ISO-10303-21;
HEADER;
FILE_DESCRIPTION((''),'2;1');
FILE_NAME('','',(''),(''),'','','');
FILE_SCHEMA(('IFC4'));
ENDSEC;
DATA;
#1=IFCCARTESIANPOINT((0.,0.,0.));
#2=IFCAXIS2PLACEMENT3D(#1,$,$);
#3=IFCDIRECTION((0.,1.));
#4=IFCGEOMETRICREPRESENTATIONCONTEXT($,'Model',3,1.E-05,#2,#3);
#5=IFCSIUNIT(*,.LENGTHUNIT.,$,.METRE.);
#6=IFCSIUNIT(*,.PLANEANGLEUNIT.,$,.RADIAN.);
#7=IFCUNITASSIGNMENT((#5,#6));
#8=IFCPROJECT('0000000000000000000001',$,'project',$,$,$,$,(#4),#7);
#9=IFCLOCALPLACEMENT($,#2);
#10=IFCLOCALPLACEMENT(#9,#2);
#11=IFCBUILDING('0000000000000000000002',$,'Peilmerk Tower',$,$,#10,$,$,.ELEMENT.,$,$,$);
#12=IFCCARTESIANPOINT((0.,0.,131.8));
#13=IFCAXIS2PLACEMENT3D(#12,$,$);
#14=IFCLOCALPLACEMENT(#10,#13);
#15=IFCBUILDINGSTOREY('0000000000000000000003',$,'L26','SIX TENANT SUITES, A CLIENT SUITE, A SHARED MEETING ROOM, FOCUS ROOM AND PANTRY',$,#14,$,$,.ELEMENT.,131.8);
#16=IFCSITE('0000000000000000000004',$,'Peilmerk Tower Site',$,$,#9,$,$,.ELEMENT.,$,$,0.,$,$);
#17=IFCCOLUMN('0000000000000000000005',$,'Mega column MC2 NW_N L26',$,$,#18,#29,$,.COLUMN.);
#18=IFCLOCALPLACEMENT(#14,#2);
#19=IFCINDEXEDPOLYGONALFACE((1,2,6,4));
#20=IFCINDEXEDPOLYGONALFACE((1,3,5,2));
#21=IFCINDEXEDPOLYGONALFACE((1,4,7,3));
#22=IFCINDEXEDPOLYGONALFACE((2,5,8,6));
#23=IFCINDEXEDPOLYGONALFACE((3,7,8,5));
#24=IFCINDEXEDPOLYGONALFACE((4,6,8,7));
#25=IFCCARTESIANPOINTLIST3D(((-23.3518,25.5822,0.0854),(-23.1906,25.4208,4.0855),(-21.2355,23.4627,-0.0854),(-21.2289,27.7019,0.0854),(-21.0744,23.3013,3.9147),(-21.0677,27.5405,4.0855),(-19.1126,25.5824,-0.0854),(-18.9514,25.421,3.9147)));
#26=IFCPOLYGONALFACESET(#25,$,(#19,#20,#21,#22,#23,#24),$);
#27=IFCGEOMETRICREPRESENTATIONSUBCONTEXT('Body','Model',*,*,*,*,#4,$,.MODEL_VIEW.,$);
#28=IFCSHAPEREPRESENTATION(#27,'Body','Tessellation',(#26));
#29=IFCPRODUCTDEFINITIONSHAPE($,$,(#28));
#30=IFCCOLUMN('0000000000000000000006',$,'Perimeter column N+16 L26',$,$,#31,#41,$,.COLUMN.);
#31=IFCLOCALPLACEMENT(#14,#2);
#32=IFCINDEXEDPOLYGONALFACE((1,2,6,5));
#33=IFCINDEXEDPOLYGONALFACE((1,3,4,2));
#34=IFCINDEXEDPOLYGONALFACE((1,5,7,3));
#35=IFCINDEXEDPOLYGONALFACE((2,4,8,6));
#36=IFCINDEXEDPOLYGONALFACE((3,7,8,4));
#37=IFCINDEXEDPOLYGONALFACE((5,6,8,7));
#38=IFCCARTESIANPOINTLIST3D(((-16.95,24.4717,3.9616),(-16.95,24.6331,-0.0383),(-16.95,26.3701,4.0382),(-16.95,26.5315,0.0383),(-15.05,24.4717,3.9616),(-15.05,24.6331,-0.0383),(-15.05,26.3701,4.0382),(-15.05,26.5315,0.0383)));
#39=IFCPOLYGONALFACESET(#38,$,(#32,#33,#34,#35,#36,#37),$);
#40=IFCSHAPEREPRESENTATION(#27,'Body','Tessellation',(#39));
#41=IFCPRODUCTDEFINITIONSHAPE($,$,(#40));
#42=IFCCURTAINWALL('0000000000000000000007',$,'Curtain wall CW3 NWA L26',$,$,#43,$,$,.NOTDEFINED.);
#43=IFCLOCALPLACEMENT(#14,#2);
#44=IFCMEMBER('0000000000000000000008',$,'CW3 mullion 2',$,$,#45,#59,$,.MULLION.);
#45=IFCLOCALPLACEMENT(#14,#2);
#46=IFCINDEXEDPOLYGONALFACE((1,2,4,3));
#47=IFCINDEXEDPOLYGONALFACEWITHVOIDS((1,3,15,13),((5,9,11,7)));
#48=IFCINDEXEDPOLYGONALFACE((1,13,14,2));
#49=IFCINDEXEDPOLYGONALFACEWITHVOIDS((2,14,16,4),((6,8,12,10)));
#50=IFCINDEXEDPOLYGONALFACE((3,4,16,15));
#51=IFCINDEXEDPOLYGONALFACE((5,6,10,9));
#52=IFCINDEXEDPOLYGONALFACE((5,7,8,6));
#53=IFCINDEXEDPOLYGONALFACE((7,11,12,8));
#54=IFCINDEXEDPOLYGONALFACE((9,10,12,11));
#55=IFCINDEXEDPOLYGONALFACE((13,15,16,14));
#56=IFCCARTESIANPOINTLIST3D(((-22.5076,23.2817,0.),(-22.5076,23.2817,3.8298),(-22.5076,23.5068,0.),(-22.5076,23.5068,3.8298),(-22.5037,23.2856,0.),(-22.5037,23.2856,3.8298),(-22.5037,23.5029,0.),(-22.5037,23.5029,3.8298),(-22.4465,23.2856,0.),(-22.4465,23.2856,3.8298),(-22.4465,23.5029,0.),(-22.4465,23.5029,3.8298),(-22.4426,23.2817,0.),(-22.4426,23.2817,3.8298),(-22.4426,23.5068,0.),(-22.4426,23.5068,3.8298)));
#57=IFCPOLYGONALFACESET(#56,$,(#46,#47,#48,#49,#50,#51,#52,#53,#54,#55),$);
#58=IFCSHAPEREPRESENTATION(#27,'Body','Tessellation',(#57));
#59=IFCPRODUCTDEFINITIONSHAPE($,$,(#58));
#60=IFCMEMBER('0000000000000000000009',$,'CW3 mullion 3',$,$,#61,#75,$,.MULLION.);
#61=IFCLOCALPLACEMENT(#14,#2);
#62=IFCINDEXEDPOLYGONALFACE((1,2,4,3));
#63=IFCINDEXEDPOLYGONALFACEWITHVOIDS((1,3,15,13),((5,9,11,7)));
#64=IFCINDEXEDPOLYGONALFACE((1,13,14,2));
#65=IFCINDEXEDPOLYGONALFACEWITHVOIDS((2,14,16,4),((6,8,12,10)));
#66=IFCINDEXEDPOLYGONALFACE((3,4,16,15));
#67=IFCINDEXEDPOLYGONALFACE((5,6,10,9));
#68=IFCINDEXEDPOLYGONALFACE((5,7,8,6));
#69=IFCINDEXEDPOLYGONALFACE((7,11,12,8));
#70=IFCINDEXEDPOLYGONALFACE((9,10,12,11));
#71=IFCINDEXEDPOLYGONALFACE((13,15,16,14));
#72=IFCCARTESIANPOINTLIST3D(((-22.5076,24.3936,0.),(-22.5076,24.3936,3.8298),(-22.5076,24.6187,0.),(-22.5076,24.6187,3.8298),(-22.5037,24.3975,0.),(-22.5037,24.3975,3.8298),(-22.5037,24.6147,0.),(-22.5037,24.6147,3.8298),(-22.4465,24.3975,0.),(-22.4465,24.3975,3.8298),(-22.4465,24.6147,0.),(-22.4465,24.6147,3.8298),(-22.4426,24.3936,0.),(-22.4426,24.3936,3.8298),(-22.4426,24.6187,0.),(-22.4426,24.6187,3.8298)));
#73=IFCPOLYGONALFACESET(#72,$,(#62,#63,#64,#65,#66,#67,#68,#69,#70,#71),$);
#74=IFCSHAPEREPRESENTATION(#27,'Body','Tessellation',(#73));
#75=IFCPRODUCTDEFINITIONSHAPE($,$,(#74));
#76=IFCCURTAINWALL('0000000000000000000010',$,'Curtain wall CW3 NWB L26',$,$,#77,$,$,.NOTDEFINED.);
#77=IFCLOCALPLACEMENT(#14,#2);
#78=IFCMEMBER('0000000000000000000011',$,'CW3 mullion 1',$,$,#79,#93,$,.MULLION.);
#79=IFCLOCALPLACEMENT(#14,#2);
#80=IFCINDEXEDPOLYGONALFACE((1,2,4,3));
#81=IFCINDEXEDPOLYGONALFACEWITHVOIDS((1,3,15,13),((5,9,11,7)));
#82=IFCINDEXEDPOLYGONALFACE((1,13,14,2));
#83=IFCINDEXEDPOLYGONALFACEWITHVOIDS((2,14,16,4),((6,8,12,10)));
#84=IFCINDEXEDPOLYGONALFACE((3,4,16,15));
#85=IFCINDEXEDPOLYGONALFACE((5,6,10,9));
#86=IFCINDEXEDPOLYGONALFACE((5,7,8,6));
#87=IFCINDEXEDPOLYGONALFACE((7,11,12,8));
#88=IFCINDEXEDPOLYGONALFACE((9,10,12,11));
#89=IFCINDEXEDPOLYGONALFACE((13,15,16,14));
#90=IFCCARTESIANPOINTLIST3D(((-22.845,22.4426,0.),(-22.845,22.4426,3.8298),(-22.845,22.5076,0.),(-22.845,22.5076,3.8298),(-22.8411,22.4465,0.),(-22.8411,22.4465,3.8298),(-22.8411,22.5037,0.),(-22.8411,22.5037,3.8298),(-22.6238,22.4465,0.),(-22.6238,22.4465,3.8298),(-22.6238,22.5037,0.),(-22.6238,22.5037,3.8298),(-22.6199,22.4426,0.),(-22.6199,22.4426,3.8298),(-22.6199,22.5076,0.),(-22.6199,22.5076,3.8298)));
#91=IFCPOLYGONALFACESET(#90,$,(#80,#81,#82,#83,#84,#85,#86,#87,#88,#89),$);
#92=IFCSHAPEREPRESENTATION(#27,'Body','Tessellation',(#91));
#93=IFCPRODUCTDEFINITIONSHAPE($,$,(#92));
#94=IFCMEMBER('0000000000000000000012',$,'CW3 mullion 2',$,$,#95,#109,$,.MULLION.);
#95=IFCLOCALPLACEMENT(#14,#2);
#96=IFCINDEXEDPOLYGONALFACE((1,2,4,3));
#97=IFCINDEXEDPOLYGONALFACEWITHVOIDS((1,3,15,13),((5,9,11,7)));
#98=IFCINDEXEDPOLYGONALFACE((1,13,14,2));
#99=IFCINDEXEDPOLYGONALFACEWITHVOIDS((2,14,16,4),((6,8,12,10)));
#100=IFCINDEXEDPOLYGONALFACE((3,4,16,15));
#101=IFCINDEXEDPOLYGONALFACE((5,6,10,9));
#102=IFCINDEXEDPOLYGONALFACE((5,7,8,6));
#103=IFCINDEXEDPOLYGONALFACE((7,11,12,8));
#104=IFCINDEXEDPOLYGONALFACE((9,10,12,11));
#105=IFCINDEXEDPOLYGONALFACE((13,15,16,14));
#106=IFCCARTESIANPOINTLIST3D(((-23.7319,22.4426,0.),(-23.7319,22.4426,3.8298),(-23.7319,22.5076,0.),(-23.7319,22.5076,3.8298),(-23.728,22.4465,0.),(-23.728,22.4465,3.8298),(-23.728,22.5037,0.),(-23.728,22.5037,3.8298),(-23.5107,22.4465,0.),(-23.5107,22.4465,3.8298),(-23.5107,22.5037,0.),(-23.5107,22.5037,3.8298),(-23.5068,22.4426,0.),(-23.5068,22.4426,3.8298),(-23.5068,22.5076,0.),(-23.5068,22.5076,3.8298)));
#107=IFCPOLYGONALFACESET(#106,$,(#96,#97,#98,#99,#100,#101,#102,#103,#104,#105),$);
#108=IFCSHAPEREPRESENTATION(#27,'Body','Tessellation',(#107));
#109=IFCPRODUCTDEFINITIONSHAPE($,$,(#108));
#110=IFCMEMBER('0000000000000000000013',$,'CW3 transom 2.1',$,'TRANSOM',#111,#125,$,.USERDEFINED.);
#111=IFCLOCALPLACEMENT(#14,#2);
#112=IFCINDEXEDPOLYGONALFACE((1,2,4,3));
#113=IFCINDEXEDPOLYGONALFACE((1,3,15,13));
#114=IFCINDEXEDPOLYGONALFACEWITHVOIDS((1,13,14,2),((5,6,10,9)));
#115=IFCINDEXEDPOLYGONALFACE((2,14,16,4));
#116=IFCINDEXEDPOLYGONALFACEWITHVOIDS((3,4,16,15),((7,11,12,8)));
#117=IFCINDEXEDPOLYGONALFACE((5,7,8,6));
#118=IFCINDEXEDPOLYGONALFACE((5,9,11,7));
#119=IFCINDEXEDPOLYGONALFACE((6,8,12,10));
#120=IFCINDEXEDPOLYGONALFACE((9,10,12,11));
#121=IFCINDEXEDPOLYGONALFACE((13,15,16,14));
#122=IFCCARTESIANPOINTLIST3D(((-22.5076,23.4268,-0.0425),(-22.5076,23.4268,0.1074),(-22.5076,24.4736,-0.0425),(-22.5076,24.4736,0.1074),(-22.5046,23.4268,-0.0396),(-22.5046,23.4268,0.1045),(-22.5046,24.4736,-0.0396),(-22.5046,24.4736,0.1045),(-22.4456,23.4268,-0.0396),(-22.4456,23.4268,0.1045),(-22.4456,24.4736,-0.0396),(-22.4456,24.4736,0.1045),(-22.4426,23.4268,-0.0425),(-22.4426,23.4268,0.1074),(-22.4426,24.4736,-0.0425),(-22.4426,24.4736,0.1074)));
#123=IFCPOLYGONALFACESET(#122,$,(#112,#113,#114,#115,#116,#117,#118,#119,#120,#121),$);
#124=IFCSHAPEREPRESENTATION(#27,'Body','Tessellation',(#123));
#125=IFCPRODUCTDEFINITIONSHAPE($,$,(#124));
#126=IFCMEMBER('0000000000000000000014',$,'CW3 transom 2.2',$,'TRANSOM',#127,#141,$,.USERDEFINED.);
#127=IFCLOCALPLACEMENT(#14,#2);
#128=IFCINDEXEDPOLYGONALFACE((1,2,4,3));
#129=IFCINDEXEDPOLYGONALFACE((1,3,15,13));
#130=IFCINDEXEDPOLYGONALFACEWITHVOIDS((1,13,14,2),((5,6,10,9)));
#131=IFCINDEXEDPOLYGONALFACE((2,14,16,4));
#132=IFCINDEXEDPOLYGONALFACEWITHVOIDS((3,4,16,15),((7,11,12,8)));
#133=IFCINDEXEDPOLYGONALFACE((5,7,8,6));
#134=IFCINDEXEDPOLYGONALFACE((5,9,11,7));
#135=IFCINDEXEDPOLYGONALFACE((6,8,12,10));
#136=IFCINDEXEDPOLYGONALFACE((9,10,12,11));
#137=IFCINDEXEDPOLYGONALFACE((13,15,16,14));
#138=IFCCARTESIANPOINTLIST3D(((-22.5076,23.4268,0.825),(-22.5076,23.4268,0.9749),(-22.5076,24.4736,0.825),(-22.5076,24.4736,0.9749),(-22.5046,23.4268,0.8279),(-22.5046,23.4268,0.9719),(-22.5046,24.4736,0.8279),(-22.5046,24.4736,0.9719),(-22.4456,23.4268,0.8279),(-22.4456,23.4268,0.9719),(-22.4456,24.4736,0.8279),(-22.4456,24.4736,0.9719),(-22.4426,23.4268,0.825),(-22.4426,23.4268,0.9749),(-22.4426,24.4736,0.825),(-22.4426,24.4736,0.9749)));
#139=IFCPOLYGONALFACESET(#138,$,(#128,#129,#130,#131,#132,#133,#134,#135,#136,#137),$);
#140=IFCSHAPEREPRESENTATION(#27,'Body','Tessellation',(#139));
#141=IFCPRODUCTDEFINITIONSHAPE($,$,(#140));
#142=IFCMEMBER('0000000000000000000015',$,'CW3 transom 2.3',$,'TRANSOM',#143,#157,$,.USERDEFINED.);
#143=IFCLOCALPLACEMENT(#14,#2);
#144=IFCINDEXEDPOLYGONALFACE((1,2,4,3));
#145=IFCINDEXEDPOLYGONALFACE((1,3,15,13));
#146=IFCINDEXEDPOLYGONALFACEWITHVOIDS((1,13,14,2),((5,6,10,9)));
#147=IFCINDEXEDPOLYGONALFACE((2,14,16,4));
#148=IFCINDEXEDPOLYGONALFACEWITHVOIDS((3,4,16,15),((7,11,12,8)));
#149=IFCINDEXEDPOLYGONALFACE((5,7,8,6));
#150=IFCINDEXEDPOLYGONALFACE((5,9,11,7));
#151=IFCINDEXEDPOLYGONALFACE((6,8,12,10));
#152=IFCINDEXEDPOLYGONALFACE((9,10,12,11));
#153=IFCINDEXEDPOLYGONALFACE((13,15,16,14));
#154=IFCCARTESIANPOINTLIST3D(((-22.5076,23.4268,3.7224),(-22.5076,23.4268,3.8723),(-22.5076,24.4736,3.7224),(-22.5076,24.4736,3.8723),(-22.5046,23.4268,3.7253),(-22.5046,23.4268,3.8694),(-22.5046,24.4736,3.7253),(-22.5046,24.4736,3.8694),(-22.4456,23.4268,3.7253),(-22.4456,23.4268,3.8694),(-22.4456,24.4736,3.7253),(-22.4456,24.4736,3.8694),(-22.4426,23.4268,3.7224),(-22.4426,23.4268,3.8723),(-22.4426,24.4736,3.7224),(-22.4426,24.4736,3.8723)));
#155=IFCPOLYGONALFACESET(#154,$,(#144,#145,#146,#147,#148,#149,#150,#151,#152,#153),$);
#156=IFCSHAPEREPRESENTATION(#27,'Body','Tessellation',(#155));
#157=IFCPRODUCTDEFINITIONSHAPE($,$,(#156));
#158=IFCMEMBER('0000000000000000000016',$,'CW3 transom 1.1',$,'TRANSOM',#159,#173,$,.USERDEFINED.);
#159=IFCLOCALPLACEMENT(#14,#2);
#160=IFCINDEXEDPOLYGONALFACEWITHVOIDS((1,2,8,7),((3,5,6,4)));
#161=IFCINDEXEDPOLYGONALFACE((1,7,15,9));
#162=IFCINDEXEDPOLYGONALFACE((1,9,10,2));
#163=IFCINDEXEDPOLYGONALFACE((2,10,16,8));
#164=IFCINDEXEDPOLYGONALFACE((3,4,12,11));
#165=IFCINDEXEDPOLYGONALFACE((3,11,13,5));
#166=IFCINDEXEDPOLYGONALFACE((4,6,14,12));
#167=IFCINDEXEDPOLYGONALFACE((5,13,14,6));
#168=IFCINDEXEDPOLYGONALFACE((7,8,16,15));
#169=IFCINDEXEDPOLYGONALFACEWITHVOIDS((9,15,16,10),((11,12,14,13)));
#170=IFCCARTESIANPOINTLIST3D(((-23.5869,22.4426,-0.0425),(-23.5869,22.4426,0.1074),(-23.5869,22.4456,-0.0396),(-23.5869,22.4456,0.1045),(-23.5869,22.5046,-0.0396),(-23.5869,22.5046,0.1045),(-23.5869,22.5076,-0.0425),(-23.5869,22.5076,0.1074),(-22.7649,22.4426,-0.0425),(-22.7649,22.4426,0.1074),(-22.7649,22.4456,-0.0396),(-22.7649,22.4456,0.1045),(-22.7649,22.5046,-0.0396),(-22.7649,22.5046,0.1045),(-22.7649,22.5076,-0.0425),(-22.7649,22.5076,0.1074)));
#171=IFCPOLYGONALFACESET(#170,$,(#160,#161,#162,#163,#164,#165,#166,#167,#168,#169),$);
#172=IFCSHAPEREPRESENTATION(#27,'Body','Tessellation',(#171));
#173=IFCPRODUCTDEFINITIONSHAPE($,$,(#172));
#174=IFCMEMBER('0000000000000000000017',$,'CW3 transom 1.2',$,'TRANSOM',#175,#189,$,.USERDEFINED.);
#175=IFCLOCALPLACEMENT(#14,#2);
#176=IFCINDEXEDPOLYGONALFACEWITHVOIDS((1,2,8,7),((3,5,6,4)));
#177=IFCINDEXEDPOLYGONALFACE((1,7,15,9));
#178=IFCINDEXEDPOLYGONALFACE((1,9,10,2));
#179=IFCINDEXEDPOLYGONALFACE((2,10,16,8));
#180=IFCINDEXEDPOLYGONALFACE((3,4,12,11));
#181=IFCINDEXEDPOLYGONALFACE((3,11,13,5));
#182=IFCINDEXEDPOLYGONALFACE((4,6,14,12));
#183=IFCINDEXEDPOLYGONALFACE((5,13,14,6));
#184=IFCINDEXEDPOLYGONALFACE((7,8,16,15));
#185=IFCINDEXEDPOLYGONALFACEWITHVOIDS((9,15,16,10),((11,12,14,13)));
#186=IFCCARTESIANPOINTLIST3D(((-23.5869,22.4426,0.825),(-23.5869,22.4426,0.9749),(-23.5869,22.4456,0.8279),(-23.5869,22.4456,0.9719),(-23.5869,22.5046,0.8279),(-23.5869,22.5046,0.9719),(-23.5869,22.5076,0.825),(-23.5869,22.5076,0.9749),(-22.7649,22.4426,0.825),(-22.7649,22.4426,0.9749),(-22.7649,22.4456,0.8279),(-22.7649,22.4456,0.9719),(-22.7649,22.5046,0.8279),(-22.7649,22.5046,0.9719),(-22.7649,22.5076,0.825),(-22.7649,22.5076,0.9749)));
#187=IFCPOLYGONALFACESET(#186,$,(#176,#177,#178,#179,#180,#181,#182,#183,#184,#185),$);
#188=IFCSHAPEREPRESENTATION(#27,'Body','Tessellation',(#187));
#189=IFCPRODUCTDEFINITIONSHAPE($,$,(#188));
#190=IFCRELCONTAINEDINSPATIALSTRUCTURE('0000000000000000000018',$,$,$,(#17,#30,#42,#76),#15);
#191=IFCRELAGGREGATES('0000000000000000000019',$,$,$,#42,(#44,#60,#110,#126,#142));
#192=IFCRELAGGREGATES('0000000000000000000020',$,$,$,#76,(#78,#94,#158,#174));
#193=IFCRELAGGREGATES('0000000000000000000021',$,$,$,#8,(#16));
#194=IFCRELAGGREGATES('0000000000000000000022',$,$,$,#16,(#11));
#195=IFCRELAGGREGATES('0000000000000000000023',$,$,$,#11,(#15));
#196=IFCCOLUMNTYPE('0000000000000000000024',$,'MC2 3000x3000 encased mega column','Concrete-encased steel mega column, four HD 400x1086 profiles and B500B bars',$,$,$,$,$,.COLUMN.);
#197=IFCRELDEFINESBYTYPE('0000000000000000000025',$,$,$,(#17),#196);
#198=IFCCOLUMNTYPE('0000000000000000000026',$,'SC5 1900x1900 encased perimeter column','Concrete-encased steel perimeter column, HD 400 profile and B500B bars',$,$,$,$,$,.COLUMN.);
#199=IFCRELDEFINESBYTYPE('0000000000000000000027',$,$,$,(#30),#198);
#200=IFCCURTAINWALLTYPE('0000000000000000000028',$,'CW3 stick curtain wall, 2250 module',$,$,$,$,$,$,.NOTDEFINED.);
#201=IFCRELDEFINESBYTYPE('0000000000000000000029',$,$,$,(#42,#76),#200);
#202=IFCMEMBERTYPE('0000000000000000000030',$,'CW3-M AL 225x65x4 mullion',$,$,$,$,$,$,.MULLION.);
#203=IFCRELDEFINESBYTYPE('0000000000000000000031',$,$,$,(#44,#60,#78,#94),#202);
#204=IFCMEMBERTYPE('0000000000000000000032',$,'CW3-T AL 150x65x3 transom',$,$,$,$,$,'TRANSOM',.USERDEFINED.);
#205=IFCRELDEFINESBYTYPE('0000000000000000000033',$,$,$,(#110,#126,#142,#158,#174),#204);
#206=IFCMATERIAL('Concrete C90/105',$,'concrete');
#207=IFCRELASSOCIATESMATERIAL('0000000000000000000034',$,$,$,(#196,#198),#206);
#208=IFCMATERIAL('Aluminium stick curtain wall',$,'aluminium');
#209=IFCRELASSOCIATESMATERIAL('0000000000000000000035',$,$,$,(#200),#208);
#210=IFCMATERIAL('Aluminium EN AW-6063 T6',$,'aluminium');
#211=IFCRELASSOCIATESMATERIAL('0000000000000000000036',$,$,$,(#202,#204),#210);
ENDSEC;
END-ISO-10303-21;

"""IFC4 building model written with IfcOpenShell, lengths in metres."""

from ifc_helpers import new_model, si_unit, direction, frame, origin, origin_2d, place, context, subcontext, project, spatial, rectangle, hollow_rectangle, extrude, material, material_profile, profile_set, type_object, element, aggregate, save


model = new_model("IFC4")

# Units and contexts
model_context = context("Model", 3, precision=1e-05, world=origin(), true_north=direction((0.0, 1.0)))
body_context = subcontext(model_context, "Body", "Model", "MODEL_VIEW")
ifc_project = project(units=[si_unit("LENGTHUNIT", "METRE"), si_unit("PLANEANGLEUNIT", "RADIAN")], contexts=[model_context])

# Site, building, storey
site_placement = place(None, origin())
site = spatial("IfcSite", under=ifc_project, at=site_placement, Name="Peilmerk Tower Site", CompositionType="ELEMENT", RefElevation=0.0)
building_placement = place(site_placement, origin())
building = spatial("IfcBuilding", under=site, at=building_placement, Name="Peilmerk Tower", CompositionType="ELEMENT")
storey_placement = place(building_placement, frame((0.0, 0.0, 131.8)))
storey = spatial("IfcBuildingStorey", under=building, at=storey_placement, Name="L26", Description="SIX TENANT SUITES, A CLIENT SUITE, A SHARED MEETING ROOM, FOCUS ROOM AND PANTRY", CompositionType="ELEMENT", Elevation=131.8)

# Columns
ifc_material_1 = material(Name="Concrete C90/105", Category="concrete")
ifc_material_profile_1 = material_profile(ifc_material_1, rectangle(XDim=3.0, YDim=3.0, at=origin_2d()), Name="RC 3000x3000")
ifc_profile_set_1 = profile_set([ifc_material_profile_1], Name="Concrete C90/105")
column_type_1 = type_object("IfcColumnType", Name="MC2 3000x3000 encased mega column", Description="Concrete-encased steel mega column, four HD 400x1086 profiles and B500B bars", PredefinedType="COLUMN", material=ifc_profile_set_1)
column_1_placement = place(storey_placement, frame((-21.2322, 25.5823, 0.0), z_axis=(0.040218, -0.040279, 0.998379), x_axis=(0.707642, 0.706571, 0.0)))
element("IfcColumn", 1, at=column_1_placement, inside=storey, type_object=column_type_1, Name="Mega column MC2 NW_N L26", PredefinedType="COLUMN", context=body_context, shape_type="SweptSolid", body=[
    extrude(rectangle(XDim=3.0, YDim=3.0, at=origin_2d()), origin(), (0.0, 0.0, 1.0), 4.0066),
])
ifc_material_profile_2 = material_profile(ifc_material_1, rectangle(XDim=1.8999, YDim=1.8999, at=origin_2d()), Name="RC 1900x1900")
ifc_profile_set_2 = profile_set([ifc_material_profile_2], Name="Concrete C90/105")
column_type_2 = type_object("IfcColumnType", Name="SC5 1900x1900 encased perimeter column", Description="Concrete-encased steel perimeter column, HD 400 profile and B500B bars", PredefinedType="COLUMN", material=ifc_profile_set_2)
column_2_placement = place(storey_placement, frame((-16.0, 25.5823, 0.0), z_axis=(0.0, -0.040311, 0.999187), x_axis=(1.0, 0.0, 0.0)))
element("IfcColumn", 2, at=column_2_placement, inside=storey, type_object=column_type_2, Name="Perimeter column N+16 L26", PredefinedType="COLUMN", context=body_context, shape_type="SweptSolid", body=[
    extrude(rectangle(XDim=1.8999, YDim=1.8999, at=origin_2d()), origin(), (0.0, 0.0, 1.0), 4.0032),
])

# Curtain walls, members
ifc_material_2 = material(Name="Aluminium stick curtain wall", Category="aluminium")
curtain_wall_type = type_object("IfcCurtainWallType", Name="CW3 stick curtain wall, 2250 module", PredefinedType="NOTDEFINED", material=ifc_material_2)
curtain_wall_1_placement = place(storey_placement, origin())
curtain_wall_1 = element("IfcCurtainWall", 3, at=curtain_wall_1_placement, inside=storey, type_object=curtain_wall_type, Name="Curtain wall CW3 NWA L26", PredefinedType="NOTDEFINED")
ifc_material_3 = material(Name="Aluminium EN AW-6063 T6", Category="aluminium")
ifc_material_profile_3 = material_profile(ifc_material_3, hollow_rectangle(XDim=0.0649, YDim=0.2251, WallThickness=0.0039, at=origin_2d()), Name="AL 225x65x4")
ifc_profile_set_3 = profile_set([ifc_material_profile_3], Name="Aluminium EN AW-6063 T6")
member_type_1 = type_object("IfcMemberType", Name="CW3-M AL 225x65x4 mullion", PredefinedType="MULLION", material=ifc_profile_set_3)
member_1_placement = place(storey_placement, frame((-22.4751, 23.3943, 0.0), z_axis=(0.0, 0.0, 1.0), x_axis=(-1.0, 0.0, 0.0)))
member_1 = element("IfcMember", 4, at=member_1_placement, type_object=member_type_1, Name="CW3 mullion 2", PredefinedType="MULLION", context=body_context, shape_type="SweptSolid", body=[
    extrude(hollow_rectangle(XDim=0.0649, YDim=0.2251, WallThickness=0.0039, at=origin_2d()), origin(), (0.0, 0.0, 1.0), 3.8298),
])
member_2_placement = place(storey_placement, frame((-22.4751, 24.5061, 0.0), z_axis=(0.0, 0.0, 1.0), x_axis=(-1.0, 0.0, 0.0)))
member_2 = element("IfcMember", 5, at=member_2_placement, type_object=member_type_1, Name="CW3 mullion 3", PredefinedType="MULLION", context=body_context, shape_type="SweptSolid", body=[
    extrude(hollow_rectangle(XDim=0.0649, YDim=0.2251, WallThickness=0.0039, at=origin_2d()), origin(), (0.0, 0.0, 1.0), 3.8298),
])
curtain_wall_2_placement = place(storey_placement, origin())
curtain_wall_2 = element("IfcCurtainWall", 6, at=curtain_wall_2_placement, inside=storey, type_object=curtain_wall_type, Name="Curtain wall CW3 NWB L26", PredefinedType="NOTDEFINED")
member_3_placement = place(storey_placement, frame((-22.7324, 22.4751, 0.0), z_axis=(0.0, 0.0, 1.0), x_axis=(0.0, -1.0, 0.0)))
member_3 = element("IfcMember", 7, at=member_3_placement, type_object=member_type_1, Name="CW3 mullion 1", PredefinedType="MULLION", context=body_context, shape_type="SweptSolid", body=[
    extrude(hollow_rectangle(XDim=0.0649, YDim=0.2251, WallThickness=0.0039, at=origin_2d()), origin(), (0.0, 0.0, 1.0), 3.8298),
])
member_4_placement = place(storey_placement, frame((-23.6194, 22.4751, 0.0), z_axis=(0.0, 0.0, 1.0), x_axis=(0.0, -1.0, 0.0)))
member_4 = element("IfcMember", 8, at=member_4_placement, type_object=member_type_1, Name="CW3 mullion 2", PredefinedType="MULLION", context=body_context, shape_type="SweptSolid", body=[
    extrude(hollow_rectangle(XDim=0.0649, YDim=0.2251, WallThickness=0.0039, at=origin_2d()), origin(), (0.0, 0.0, 1.0), 3.8298),
])

# Members
ifc_material_profile_4 = material_profile(ifc_material_3, hollow_rectangle(XDim=0.0649, YDim=0.1499, WallThickness=0.0029, at=origin_2d()), Name="AL 150x65x3")
ifc_profile_set_4 = profile_set([ifc_material_profile_4], Name="Aluminium EN AW-6063 T6")
member_type_2 = type_object("IfcMemberType", Name="CW3-T AL 150x65x3 transom", ElementType="TRANSOM", PredefinedType="USERDEFINED", material=ifc_profile_set_4)
member_5_placement = place(storey_placement, frame((-22.4751, 23.4268, 0.0325), z_axis=(0.0, 1.0, 0.0), x_axis=(-1.0, 0.0, 0.0)))
member_5 = element("IfcMember", 9, at=member_5_placement, type_object=member_type_2, Name="CW3 transom 2.1", ObjectType="TRANSOM", PredefinedType="USERDEFINED", context=body_context, shape_type="SweptSolid", body=[
    extrude(hollow_rectangle(XDim=0.0649, YDim=0.1499, WallThickness=0.0029, at=origin_2d()), origin(), (0.0, 0.0, 1.0), 1.0469),
])
member_6_placement = place(storey_placement, frame((-22.4751, 23.4268, 0.8999), z_axis=(0.0, 1.0, 0.0), x_axis=(-1.0, 0.0, 0.0)))
member_6 = element("IfcMember", 10, at=member_6_placement, type_object=member_type_2, Name="CW3 transom 2.2", ObjectType="TRANSOM", PredefinedType="USERDEFINED", context=body_context, shape_type="SweptSolid", body=[
    extrude(hollow_rectangle(XDim=0.0649, YDim=0.1499, WallThickness=0.0029, at=origin_2d()), origin(), (0.0, 0.0, 1.0), 1.0469),
])
member_7_placement = place(storey_placement, frame((-22.4751, 23.4268, 3.7974), z_axis=(0.0, 1.0, 0.0), x_axis=(-1.0, 0.0, 0.0)))
member_7 = element("IfcMember", 11, at=member_7_placement, type_object=member_type_2, Name="CW3 transom 2.3", ObjectType="TRANSOM", PredefinedType="USERDEFINED", context=body_context, shape_type="SweptSolid", body=[
    extrude(hollow_rectangle(XDim=0.0649, YDim=0.1499, WallThickness=0.0029, at=origin_2d()), origin(), (0.0, 0.0, 1.0), 1.0469),
])
member_8_placement = place(storey_placement, frame((-22.7649, 22.4751, 0.0325), z_axis=(-1.0, 0.0, 0.0), x_axis=(0.0, -1.0, 0.0)))
member_8 = element("IfcMember", 12, at=member_8_placement, type_object=member_type_2, Name="CW3 transom 1.1", ObjectType="TRANSOM", PredefinedType="USERDEFINED", context=body_context, shape_type="SweptSolid", body=[
    extrude(hollow_rectangle(XDim=0.0649, YDim=0.1499, WallThickness=0.0029, at=origin_2d()), origin(), (0.0, 0.0, 1.0), 0.822),
])
member_9_placement = place(storey_placement, frame((-22.7649, 22.4751, 0.8999), z_axis=(-1.0, 0.0, 0.0), x_axis=(0.0, -1.0, 0.0)))
member_9 = element("IfcMember", 13, at=member_9_placement, type_object=member_type_2, Name="CW3 transom 1.2", ObjectType="TRANSOM", PredefinedType="USERDEFINED", context=body_context, shape_type="SweptSolid", body=[
    extrude(hollow_rectangle(XDim=0.0649, YDim=0.1499, WallThickness=0.0029, at=origin_2d()), origin(), (0.0, 0.0, 1.0), 0.822),
])

aggregate(curtain_wall_1, [member_1, member_2, member_5, member_6, member_7])
aggregate(curtain_wall_2, [member_3, member_4, member_8, member_9])

save(model, "model.ifc")
